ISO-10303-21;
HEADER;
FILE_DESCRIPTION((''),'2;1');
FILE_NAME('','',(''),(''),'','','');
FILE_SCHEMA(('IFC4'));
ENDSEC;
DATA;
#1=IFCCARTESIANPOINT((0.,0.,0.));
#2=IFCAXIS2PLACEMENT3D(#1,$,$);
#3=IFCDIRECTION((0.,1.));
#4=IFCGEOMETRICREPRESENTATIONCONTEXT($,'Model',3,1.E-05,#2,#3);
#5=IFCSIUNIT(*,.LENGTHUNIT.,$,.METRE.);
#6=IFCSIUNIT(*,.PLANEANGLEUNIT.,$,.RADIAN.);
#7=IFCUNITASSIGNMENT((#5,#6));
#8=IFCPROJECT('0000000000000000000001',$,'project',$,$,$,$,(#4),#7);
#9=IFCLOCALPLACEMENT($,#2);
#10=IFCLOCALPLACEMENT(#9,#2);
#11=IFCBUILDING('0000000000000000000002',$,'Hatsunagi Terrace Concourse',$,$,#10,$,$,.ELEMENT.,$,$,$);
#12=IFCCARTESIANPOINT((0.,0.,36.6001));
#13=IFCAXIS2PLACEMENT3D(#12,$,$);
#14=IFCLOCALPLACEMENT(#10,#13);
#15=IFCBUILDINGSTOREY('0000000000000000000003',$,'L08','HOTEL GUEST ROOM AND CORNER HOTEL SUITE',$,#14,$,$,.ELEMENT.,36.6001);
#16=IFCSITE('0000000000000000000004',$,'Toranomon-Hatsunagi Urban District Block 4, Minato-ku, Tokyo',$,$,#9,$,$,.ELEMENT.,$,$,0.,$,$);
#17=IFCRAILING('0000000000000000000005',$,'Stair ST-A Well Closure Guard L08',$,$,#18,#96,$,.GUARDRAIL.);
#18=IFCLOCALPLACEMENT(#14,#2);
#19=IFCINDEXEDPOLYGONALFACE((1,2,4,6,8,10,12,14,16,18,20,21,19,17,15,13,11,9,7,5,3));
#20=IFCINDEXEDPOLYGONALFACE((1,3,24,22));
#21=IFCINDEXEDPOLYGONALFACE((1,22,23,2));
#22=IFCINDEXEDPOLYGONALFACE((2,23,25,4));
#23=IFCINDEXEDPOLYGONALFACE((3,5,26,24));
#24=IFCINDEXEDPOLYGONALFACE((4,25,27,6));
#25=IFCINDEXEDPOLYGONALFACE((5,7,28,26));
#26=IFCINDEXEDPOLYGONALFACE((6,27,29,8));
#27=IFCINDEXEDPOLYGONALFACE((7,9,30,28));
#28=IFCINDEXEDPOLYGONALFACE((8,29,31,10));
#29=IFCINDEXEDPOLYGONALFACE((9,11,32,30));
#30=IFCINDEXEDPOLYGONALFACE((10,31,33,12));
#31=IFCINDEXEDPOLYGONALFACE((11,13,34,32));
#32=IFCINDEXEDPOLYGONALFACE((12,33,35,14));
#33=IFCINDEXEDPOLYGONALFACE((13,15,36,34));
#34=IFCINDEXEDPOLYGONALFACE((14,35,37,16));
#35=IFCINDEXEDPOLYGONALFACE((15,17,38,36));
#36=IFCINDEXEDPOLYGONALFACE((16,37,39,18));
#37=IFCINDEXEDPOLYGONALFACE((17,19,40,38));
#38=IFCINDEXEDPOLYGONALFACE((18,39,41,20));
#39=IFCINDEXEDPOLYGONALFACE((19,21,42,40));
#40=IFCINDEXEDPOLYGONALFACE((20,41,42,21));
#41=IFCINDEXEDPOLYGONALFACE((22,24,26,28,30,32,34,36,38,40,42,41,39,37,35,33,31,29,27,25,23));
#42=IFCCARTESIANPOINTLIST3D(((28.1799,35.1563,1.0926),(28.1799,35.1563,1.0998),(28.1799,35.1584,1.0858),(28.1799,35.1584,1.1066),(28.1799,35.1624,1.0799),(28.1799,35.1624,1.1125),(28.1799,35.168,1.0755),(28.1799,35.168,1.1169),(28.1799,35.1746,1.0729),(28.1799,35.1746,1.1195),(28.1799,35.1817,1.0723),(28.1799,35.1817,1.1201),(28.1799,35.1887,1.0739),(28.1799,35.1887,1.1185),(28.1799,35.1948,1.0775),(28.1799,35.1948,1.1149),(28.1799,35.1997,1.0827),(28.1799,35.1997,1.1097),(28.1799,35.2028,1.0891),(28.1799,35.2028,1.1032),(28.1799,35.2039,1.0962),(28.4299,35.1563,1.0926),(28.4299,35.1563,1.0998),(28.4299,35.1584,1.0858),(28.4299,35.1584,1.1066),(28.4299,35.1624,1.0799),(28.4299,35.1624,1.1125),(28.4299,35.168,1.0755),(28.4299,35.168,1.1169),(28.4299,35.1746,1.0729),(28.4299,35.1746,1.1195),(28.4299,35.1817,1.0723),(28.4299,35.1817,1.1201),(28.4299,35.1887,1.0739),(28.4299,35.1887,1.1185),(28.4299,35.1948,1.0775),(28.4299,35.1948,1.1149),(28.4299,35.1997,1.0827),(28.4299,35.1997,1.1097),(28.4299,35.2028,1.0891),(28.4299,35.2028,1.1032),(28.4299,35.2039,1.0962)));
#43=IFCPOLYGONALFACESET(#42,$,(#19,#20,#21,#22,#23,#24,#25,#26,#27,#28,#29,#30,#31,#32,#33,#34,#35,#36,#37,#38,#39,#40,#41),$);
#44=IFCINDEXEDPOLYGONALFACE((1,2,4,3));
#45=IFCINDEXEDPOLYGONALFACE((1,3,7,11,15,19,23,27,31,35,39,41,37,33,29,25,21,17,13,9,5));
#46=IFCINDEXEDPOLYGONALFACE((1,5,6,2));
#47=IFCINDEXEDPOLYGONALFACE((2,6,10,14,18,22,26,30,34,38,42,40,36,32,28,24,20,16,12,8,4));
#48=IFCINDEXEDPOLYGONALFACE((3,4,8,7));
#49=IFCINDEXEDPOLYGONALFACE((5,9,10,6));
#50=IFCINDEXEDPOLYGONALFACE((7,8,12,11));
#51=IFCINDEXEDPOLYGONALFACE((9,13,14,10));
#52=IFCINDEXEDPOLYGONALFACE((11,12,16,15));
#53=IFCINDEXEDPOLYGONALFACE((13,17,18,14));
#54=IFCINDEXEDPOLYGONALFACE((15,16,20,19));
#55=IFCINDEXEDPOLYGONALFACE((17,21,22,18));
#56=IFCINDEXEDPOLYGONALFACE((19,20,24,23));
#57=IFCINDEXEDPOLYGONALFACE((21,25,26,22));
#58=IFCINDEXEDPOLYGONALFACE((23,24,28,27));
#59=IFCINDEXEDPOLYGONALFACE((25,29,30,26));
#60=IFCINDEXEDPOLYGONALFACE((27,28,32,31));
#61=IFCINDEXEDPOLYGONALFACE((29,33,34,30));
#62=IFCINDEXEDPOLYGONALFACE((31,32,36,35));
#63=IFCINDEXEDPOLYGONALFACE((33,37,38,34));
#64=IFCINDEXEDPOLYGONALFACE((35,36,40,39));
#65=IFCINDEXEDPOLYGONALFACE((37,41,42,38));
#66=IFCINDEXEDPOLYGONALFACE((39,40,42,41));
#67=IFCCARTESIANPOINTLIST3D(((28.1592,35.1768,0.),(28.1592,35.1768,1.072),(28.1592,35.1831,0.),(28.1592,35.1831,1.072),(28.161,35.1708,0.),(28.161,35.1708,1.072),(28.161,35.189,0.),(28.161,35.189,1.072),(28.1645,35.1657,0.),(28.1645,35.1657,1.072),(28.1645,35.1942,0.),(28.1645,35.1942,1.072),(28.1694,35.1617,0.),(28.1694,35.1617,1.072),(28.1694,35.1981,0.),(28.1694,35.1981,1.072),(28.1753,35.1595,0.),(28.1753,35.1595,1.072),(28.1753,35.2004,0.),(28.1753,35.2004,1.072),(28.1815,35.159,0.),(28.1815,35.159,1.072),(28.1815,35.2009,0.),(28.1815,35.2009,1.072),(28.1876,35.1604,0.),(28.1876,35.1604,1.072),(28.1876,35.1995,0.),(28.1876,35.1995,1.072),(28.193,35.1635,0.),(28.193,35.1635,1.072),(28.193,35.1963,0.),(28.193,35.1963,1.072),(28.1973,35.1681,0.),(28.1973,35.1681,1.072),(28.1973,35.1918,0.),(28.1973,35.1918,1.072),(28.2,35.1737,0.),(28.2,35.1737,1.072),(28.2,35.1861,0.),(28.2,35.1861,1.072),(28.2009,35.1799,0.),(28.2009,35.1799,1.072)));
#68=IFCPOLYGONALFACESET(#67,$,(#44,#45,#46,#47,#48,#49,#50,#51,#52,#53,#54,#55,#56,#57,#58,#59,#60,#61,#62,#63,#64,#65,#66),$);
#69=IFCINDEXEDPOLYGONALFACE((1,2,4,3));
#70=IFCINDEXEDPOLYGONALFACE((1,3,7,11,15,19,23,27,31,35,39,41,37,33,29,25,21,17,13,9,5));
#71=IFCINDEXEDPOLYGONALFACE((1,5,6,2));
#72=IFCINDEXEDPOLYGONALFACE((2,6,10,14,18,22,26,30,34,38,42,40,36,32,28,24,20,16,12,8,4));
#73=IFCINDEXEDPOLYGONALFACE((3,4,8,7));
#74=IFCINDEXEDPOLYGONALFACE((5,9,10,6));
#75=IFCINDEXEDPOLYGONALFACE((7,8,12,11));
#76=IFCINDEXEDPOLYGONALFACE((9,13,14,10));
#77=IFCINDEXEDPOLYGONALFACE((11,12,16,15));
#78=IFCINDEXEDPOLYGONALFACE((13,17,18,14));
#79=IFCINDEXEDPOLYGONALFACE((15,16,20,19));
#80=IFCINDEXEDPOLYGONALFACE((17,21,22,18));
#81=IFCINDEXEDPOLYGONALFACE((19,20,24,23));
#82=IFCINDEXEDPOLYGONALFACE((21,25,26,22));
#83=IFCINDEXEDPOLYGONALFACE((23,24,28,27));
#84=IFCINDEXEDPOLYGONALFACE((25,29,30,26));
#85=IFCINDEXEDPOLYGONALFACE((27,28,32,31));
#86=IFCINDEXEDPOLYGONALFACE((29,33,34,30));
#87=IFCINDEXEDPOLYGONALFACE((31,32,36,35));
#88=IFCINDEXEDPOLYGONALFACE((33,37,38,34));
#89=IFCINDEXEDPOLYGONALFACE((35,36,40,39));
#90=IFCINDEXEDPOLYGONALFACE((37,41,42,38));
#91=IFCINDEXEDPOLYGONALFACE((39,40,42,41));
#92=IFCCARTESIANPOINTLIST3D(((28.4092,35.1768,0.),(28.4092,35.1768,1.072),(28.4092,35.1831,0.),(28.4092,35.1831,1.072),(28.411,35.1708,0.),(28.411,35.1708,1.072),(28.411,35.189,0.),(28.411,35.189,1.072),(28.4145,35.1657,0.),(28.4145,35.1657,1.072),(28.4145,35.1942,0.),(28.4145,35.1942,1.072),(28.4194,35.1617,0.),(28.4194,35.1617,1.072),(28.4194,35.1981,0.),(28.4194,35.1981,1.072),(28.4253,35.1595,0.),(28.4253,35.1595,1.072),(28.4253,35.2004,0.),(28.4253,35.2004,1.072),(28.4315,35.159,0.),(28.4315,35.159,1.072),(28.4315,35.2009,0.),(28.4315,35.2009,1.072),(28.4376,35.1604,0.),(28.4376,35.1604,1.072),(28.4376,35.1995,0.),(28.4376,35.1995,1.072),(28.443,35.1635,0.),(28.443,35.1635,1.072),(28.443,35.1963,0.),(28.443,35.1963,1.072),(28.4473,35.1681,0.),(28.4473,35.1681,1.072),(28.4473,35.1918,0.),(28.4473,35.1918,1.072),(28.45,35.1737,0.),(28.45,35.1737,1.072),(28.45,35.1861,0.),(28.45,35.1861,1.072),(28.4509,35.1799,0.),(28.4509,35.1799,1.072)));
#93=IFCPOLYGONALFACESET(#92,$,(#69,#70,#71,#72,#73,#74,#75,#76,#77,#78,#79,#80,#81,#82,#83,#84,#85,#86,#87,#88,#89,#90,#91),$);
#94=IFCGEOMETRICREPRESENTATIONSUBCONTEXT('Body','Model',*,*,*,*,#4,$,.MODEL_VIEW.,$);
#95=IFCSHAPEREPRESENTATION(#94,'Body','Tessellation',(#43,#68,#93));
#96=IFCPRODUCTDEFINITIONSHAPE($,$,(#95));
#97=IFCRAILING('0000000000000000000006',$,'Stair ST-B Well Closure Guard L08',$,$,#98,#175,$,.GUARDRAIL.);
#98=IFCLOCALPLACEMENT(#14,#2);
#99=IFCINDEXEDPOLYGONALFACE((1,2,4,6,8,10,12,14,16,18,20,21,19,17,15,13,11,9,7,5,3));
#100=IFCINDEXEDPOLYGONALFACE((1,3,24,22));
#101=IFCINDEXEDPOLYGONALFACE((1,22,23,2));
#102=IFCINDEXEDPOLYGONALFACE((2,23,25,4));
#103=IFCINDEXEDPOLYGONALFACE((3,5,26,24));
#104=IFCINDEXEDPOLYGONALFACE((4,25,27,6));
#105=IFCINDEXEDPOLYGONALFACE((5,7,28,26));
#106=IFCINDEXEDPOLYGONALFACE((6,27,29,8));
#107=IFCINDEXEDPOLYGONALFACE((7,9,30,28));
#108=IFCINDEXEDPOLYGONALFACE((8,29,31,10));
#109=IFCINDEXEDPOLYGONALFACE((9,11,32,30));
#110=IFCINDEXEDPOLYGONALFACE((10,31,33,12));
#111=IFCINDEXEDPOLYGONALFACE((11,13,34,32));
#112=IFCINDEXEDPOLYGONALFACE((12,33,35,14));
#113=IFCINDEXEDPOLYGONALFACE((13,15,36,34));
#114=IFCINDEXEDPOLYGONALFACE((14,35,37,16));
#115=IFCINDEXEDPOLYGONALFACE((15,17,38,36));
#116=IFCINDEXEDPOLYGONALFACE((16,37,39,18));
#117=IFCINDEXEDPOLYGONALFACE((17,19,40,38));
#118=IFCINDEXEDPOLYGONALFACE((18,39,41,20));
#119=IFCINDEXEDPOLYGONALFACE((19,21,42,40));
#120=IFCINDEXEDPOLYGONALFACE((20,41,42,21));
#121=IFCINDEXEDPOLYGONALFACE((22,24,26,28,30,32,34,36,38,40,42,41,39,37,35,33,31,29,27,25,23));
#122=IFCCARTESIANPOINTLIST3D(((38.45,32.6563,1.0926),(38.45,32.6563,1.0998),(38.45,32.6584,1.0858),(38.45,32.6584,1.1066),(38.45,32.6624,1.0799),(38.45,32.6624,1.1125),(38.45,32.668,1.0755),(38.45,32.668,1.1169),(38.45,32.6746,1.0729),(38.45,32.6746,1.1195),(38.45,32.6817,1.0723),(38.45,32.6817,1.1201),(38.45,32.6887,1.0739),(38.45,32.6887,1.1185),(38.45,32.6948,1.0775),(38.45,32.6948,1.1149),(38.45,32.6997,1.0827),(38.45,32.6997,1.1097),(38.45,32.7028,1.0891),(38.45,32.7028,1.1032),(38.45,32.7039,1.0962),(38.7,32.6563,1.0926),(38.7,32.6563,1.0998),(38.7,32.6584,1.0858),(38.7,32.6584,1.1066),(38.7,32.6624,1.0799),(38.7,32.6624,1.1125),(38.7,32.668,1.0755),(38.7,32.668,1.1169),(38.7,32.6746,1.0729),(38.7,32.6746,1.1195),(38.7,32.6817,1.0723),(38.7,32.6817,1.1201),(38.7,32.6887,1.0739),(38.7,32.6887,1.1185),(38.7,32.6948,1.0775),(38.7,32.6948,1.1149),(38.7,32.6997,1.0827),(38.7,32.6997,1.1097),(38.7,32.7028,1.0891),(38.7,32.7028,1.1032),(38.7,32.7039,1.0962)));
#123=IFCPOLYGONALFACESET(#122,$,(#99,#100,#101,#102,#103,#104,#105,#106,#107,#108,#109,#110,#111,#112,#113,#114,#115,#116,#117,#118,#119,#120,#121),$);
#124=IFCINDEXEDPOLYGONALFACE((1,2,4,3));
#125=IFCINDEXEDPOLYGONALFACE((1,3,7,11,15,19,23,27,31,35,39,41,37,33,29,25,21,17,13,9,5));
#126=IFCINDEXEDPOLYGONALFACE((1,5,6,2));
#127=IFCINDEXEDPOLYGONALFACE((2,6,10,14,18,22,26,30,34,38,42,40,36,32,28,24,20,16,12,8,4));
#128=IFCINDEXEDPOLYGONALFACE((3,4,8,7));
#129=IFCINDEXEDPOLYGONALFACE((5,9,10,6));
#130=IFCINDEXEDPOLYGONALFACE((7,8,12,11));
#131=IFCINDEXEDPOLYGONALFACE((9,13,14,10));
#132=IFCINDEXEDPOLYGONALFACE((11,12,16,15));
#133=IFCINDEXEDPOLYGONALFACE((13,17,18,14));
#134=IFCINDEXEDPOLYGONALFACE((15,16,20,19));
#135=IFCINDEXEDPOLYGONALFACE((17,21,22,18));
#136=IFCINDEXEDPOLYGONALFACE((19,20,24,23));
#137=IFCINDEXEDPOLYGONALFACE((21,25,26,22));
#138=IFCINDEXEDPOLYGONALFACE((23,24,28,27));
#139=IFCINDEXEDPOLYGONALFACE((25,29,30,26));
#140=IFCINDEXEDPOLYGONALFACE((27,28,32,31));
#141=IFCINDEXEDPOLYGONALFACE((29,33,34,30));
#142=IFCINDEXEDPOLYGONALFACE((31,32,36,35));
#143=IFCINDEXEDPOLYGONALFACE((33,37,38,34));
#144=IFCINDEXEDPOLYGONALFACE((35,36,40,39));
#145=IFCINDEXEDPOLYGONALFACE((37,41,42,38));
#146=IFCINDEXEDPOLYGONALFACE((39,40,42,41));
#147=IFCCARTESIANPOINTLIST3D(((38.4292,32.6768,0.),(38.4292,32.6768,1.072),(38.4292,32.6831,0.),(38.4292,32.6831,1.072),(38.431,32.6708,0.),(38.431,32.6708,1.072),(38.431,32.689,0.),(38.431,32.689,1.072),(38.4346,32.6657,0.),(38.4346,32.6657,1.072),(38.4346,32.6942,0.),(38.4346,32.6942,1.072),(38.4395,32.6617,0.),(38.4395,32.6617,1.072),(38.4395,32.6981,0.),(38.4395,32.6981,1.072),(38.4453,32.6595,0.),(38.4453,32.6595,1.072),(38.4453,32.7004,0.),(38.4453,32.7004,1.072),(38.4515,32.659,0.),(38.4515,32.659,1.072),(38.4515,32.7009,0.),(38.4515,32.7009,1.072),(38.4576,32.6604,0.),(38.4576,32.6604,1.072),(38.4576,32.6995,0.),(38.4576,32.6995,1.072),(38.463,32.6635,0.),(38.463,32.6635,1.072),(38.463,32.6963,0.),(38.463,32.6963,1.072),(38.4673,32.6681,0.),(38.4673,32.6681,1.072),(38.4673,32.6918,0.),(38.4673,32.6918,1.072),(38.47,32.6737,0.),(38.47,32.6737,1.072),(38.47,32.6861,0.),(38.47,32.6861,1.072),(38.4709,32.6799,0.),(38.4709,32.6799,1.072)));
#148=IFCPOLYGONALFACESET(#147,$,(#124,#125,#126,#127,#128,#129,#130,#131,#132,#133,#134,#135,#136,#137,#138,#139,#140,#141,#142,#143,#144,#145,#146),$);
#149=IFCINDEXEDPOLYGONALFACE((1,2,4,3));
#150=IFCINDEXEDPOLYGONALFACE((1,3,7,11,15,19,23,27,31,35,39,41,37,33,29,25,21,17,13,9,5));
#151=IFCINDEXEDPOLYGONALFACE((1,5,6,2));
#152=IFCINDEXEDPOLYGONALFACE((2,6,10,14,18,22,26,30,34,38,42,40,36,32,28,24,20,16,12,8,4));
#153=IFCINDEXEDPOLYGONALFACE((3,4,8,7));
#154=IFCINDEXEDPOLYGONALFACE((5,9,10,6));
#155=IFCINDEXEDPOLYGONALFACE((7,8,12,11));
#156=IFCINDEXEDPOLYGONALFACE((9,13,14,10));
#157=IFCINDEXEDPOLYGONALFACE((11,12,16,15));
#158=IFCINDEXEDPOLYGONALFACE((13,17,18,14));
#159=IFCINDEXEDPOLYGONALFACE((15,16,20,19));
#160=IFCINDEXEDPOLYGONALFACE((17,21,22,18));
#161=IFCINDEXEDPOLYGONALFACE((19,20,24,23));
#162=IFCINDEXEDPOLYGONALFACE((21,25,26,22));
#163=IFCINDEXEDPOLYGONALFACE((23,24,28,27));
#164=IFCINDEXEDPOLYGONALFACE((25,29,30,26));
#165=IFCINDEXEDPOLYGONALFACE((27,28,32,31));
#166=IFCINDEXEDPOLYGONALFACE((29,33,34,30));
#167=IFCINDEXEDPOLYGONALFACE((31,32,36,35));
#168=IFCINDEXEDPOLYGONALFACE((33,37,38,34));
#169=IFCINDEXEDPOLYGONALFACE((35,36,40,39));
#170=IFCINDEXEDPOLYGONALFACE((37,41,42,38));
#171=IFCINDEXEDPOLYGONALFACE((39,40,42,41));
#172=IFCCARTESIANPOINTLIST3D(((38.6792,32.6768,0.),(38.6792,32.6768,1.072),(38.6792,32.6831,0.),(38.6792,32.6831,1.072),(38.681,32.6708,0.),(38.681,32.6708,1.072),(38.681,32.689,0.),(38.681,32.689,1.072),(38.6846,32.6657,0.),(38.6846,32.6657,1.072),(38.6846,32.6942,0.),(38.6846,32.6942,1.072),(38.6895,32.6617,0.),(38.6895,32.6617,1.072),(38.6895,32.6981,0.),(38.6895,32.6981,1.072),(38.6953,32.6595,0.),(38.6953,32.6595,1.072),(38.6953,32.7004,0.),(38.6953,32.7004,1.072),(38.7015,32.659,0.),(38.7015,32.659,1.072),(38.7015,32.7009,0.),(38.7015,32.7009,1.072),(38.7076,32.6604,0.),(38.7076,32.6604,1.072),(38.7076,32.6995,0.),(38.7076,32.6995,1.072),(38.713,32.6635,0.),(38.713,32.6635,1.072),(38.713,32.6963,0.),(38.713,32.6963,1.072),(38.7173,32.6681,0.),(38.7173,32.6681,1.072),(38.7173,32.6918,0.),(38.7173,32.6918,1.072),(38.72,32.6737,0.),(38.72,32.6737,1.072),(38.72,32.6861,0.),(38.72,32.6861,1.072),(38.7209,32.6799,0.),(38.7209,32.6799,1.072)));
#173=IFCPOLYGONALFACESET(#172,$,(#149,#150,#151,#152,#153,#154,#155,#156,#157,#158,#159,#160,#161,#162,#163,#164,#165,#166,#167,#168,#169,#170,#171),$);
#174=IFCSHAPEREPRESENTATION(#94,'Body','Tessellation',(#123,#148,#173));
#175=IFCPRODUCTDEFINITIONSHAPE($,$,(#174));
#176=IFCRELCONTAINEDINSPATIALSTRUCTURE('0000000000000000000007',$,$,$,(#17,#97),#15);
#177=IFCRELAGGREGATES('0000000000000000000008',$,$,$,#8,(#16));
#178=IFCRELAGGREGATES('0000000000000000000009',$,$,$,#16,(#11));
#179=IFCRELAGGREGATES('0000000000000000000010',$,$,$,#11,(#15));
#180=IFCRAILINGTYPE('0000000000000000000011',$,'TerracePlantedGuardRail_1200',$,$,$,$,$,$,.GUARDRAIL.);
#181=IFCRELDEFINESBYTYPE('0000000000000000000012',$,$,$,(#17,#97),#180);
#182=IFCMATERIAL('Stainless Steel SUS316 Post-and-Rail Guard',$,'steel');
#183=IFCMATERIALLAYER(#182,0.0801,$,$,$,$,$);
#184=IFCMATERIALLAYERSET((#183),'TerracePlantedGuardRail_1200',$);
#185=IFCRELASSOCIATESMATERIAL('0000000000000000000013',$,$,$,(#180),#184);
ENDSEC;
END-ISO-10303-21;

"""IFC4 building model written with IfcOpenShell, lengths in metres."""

from ifc_helpers import new_model, si_unit, direction, frame, origin, origin_2d, place, context, subcontext, project, spatial, circle, extrude, material, layer, layer_set, type_object, element, save


model = new_model("IFC4")

# Units and contexts
model_context = context("Model", 3, precision=1e-05, world=origin(), true_north=direction((0.0, 1.0)))
body_context = subcontext(model_context, "Body", "Model", "MODEL_VIEW")
ifc_project = project(units=[si_unit("LENGTHUNIT", "METRE"), si_unit("PLANEANGLEUNIT", "RADIAN")], contexts=[model_context])

# Site, building, storey
site_placement = place(None, origin())
site = spatial("IfcSite", under=ifc_project, at=site_placement, Name="Toranomon-Hatsunagi Urban District Block 4, Minato-ku, Tokyo", CompositionType="ELEMENT", RefElevation=0.0)
building_placement = place(site_placement, origin())
building = spatial("IfcBuilding", under=site, at=building_placement, Name="Hatsunagi Terrace Concourse", CompositionType="ELEMENT")
storey_placement = place(building_placement, frame((0.0, 0.0, 36.6001)))
storey = spatial("IfcBuildingStorey", under=building, at=storey_placement, Name="L08", Description="HOTEL GUEST ROOM AND CORNER HOTEL SUITE", CompositionType="ELEMENT", Elevation=36.6001)

# Railings
ifc_material_1 = material(Name="Stainless Steel SUS316 Post-and-Rail Guard", Category="steel")
ifc_layer_1 = layer(ifc_material_1, 0.0801)
ifc_layer_set_1 = layer_set([ifc_layer_1], Name="TerracePlantedGuardRail_1200")
railing_type_1 = type_object("IfcRailingType", Name="TerracePlantedGuardRail_1200", PredefinedType="GUARDRAIL", material=ifc_layer_set_1)
for number, where, name in (
    (1, (28.1799, 35.1799, 0.0), "Stair ST-A Well Closure Guard L08"),
    (2, (38.45, 32.6799, 0.0), "Stair ST-B Well Closure Guard L08"),
):
    element("IfcRailing", number, at=place(storey_placement, frame(where)), inside=storey, type_object=railing_type_1, Name=name, PredefinedType="GUARDRAIL", context=body_context, shape_type="SweptSolid", body=[
        extrude(circle(Radius=0.0239, at=origin_2d()), frame((0.0, 0.0, 1.0962), z_axis=(1.0, 0.0, 0.0), x_axis=(0.0, 1.0, 0.0)), (0.0, 0.0, 1.0), 0.25),
        extrude(circle(Radius=0.021, at=origin_2d()), origin(), (0.0, 0.0, 1.0), 1.072),
        extrude(circle(Radius=0.021, at=origin_2d()), frame((0.25, 0.0, 0.0)), (0.0, 0.0, 1.0), 1.072),
    ])

save(model, "model.ifc")
